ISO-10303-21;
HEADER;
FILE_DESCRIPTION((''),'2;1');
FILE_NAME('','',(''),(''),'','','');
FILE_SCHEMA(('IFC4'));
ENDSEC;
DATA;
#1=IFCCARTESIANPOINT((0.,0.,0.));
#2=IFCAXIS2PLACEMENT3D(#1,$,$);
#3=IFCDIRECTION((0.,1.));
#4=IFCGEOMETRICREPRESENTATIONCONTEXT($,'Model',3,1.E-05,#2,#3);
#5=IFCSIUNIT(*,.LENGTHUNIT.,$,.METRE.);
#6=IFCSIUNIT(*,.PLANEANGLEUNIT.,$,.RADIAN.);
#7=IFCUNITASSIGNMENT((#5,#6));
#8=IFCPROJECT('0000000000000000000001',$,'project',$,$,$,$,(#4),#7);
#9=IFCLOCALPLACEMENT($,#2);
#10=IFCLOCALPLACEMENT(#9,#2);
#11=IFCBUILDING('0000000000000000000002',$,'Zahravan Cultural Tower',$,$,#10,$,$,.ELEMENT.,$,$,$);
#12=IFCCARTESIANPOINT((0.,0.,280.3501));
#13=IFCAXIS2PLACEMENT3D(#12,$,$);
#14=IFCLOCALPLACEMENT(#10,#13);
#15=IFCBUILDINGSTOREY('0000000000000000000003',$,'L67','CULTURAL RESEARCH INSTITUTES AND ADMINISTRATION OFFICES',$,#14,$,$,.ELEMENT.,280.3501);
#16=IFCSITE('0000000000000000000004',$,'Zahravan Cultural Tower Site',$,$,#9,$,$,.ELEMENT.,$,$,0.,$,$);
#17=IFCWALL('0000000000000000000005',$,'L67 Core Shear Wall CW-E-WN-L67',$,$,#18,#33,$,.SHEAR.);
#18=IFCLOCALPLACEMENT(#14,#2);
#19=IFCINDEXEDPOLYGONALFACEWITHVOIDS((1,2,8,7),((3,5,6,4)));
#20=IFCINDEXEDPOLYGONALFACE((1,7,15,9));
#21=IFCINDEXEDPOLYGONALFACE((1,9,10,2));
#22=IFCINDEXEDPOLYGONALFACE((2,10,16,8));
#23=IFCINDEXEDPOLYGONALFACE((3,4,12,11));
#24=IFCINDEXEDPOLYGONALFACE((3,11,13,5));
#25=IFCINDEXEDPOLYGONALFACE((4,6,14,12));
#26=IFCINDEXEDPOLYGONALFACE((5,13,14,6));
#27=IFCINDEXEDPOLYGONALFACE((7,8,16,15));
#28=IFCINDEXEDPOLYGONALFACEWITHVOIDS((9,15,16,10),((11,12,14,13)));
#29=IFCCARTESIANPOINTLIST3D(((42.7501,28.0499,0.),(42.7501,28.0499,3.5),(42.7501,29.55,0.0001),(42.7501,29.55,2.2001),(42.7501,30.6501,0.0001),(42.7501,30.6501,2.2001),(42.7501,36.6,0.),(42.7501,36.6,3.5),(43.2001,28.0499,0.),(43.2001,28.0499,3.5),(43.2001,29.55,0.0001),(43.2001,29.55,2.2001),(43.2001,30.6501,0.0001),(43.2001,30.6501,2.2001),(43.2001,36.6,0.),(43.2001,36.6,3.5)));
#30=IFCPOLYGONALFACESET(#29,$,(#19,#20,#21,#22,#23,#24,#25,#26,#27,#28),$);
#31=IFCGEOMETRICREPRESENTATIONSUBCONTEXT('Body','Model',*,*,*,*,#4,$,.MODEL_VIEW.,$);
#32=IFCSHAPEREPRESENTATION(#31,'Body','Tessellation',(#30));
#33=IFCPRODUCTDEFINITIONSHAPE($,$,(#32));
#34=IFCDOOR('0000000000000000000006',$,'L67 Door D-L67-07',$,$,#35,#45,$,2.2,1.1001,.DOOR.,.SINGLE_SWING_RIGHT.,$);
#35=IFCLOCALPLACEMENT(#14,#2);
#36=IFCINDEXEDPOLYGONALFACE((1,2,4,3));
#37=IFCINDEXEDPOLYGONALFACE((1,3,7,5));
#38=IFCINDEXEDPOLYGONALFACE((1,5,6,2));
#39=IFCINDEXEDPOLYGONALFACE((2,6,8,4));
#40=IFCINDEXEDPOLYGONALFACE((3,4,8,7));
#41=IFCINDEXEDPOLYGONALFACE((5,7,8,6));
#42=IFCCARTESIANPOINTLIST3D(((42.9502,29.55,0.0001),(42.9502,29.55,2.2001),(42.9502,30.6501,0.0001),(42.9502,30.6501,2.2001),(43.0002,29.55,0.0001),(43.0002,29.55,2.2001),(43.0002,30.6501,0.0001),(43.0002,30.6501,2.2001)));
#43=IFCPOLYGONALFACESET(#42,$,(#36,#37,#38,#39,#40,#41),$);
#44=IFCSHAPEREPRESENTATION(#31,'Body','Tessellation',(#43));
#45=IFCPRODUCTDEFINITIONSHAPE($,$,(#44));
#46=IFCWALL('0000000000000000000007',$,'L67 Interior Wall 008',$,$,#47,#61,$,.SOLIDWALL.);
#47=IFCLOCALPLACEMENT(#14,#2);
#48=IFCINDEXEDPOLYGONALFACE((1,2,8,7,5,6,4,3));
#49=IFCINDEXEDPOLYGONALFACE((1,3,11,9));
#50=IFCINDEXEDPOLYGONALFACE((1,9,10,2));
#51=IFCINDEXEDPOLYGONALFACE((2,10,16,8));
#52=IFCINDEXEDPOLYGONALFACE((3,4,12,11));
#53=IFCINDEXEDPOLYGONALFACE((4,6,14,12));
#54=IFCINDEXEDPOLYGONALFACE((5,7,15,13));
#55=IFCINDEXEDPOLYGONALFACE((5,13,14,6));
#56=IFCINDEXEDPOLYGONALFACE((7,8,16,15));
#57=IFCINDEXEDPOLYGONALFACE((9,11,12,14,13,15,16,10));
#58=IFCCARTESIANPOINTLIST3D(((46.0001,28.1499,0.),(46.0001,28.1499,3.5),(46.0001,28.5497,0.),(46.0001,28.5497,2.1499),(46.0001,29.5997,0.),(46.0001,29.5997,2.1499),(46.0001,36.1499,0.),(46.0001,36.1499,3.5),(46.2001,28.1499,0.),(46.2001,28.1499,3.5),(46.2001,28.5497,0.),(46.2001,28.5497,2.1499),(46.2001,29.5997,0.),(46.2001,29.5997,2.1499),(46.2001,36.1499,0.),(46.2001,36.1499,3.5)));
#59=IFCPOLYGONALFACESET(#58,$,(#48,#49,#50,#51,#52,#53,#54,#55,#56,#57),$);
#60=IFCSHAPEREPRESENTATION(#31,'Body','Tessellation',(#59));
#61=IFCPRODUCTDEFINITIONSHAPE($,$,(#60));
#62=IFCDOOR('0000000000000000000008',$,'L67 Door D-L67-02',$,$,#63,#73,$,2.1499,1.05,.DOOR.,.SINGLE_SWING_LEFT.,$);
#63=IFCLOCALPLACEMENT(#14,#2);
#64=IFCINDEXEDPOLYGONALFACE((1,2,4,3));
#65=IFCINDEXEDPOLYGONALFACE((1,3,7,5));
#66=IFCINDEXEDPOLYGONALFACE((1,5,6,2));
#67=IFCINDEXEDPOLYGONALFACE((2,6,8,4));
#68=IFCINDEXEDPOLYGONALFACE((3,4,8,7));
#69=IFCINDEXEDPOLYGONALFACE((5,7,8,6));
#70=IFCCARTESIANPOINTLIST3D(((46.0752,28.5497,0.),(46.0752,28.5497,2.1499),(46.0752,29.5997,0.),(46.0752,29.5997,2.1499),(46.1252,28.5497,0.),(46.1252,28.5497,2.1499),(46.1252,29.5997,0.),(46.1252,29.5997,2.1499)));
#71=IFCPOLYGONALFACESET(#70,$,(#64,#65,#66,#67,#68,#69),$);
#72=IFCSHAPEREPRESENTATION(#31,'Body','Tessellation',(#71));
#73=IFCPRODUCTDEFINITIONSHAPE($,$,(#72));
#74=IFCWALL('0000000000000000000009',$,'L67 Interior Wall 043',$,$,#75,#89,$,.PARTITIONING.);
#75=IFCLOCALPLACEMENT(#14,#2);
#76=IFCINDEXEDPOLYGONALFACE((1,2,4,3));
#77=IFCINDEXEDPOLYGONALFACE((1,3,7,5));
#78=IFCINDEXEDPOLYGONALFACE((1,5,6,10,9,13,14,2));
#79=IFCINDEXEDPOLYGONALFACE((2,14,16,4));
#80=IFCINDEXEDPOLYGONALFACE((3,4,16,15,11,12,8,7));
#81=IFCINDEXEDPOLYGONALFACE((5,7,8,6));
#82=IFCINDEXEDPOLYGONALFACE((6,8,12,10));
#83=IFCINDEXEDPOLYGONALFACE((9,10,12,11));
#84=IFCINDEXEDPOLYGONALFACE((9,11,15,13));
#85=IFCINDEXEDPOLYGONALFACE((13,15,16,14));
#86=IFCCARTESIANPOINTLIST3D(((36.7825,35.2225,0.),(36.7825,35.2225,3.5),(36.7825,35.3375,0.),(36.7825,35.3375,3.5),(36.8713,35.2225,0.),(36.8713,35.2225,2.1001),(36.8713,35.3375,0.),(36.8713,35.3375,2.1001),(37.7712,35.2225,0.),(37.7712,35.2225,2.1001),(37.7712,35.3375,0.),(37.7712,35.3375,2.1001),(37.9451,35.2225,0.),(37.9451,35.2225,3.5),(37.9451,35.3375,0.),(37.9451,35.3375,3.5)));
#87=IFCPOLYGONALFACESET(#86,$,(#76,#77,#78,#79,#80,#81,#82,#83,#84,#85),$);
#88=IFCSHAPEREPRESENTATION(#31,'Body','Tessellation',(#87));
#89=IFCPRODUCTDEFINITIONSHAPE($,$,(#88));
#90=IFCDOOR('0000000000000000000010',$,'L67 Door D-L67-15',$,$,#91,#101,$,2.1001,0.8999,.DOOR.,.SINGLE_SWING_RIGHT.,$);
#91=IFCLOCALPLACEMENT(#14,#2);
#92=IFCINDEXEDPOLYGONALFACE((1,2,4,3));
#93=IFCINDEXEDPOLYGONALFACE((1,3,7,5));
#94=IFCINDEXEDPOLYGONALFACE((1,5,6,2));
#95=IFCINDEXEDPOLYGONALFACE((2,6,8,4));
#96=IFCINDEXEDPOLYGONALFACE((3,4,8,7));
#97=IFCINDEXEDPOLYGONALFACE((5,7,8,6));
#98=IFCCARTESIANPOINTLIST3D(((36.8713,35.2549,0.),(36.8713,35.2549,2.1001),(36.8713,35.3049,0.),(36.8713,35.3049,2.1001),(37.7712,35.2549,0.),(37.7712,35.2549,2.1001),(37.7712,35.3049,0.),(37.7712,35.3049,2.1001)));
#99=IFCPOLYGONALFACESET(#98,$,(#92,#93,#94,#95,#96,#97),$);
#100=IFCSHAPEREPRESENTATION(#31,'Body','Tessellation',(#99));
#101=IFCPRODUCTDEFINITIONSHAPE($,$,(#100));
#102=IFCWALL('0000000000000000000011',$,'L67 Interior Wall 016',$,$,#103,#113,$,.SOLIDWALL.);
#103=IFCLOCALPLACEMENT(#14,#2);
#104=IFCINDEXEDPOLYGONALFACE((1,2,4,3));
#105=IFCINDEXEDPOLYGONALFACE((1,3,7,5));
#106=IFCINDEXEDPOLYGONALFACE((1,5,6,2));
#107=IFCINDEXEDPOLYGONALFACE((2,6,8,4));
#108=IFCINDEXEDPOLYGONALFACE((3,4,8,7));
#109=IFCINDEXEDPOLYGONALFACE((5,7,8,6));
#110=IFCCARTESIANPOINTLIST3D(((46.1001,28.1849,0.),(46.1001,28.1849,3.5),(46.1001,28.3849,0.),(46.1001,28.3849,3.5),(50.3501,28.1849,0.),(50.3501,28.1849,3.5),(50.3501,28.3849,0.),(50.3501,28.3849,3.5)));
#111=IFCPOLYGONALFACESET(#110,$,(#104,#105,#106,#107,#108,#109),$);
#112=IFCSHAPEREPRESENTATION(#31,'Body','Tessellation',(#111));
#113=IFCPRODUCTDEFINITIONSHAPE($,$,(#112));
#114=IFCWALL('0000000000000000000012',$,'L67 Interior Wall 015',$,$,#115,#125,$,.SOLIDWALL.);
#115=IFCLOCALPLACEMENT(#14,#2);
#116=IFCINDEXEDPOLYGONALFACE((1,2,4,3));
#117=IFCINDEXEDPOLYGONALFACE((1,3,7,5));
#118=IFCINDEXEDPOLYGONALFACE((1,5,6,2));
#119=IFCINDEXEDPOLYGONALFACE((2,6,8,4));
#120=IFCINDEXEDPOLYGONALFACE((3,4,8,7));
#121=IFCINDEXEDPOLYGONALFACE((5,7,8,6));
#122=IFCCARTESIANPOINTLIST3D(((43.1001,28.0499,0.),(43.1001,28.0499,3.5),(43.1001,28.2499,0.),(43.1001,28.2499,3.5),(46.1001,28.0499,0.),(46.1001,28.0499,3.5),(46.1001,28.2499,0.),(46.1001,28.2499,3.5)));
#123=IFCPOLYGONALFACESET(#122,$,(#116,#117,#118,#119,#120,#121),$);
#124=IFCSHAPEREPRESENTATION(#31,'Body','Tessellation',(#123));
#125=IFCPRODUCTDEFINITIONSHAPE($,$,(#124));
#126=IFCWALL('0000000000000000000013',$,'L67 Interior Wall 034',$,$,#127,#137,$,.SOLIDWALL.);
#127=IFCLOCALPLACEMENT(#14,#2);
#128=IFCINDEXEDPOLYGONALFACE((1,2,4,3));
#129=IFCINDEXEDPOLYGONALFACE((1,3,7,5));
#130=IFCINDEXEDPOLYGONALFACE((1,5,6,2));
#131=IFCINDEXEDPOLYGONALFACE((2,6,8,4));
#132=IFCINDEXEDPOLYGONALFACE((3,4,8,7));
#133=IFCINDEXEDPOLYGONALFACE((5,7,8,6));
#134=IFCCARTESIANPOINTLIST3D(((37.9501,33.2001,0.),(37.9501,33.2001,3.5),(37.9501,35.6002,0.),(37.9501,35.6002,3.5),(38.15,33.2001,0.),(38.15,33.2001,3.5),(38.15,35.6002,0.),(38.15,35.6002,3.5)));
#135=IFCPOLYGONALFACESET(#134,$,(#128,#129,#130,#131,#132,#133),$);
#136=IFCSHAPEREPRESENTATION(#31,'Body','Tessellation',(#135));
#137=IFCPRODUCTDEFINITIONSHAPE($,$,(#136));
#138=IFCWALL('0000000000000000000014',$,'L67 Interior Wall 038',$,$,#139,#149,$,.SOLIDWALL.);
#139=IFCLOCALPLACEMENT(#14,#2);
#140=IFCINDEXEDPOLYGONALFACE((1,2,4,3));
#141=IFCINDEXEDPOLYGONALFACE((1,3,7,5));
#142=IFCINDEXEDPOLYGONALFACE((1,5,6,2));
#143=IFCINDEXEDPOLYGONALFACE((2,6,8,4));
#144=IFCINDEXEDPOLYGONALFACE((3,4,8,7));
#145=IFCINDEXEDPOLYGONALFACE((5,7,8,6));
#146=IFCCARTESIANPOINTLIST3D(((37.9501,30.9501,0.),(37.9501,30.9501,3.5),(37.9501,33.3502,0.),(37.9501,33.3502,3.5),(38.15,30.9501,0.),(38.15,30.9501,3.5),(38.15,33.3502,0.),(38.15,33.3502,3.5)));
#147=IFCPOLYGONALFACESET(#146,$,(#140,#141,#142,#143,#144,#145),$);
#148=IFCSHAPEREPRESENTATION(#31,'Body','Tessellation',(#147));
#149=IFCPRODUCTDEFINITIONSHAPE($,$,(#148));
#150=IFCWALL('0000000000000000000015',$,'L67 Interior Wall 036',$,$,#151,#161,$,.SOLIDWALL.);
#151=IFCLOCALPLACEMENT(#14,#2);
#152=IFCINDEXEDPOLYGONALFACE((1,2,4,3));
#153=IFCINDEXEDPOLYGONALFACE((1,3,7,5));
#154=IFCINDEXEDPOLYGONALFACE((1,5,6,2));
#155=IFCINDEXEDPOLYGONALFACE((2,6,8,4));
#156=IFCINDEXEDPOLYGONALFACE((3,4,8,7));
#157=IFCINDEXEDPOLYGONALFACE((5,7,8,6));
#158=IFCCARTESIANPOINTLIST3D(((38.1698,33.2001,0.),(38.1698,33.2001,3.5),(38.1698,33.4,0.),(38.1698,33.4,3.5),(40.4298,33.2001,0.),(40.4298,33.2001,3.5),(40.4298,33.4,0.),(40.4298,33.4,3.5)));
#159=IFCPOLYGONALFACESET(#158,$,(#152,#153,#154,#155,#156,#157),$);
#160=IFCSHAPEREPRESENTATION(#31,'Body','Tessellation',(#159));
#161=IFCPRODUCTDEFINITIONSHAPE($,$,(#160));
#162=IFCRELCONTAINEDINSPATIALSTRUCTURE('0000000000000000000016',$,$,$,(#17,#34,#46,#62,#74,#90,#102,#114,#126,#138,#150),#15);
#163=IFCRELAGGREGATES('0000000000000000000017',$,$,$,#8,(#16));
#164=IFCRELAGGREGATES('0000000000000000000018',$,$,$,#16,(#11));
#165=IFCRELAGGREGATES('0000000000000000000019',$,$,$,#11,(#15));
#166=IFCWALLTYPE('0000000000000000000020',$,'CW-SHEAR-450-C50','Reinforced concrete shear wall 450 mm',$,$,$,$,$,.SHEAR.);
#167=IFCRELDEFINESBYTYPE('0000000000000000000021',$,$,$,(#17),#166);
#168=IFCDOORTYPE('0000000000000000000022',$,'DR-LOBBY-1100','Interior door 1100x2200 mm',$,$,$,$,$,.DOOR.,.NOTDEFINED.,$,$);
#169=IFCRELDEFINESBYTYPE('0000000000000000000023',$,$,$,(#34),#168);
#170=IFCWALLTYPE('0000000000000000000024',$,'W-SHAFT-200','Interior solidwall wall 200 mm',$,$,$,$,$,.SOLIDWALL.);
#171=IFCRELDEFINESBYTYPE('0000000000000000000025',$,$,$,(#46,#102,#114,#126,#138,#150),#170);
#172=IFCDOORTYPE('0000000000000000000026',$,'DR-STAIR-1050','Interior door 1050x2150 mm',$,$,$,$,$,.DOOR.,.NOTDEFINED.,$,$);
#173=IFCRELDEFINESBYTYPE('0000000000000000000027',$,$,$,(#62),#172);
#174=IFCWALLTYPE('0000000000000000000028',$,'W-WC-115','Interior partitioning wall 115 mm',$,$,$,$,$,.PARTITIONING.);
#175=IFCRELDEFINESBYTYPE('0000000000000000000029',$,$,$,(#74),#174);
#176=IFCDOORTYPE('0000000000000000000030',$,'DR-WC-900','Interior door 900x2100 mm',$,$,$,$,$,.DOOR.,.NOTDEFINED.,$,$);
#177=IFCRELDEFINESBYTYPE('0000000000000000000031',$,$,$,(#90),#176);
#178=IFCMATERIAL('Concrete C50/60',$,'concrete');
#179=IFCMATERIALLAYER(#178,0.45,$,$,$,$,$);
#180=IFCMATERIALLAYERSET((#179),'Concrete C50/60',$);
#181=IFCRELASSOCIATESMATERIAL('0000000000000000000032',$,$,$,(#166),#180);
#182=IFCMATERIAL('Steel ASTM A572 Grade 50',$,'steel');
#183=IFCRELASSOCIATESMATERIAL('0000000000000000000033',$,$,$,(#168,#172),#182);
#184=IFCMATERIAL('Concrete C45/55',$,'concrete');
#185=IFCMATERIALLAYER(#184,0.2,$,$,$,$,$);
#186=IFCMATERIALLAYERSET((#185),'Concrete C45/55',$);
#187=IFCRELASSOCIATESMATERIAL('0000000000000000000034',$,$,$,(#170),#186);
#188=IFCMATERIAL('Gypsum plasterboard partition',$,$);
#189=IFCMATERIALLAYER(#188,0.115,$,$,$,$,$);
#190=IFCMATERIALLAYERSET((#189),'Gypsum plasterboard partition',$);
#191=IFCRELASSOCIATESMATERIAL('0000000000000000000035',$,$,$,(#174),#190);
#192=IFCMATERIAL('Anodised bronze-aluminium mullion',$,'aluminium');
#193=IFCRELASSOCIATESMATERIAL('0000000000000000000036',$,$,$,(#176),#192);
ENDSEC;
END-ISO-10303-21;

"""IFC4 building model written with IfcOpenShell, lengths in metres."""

from ifc_helpers import new_model, si_unit, direction, frame, frame_2d, origin, place, context, subcontext, project, spatial, rectangle, extrude, source, transform, mapped, material, layer, layer_set, type_object, element, fill, save


model = new_model("IFC4")

# Units and contexts
model_context = context("Model", 3, precision=1e-05, world=origin(), true_north=direction((0.0, 1.0)))
body_context = subcontext(model_context, "Body", "Model", "MODEL_VIEW")
ifc_project = project(units=[si_unit("LENGTHUNIT", "METRE"), si_unit("PLANEANGLEUNIT", "RADIAN")], contexts=[model_context])

# Site, building, storey
site_placement = place(None, origin())
site = spatial("IfcSite", under=ifc_project, at=site_placement, Name="Zahravan Cultural Tower Site", CompositionType="ELEMENT", RefElevation=0.0)
building_placement = place(site_placement, origin())
building = spatial("IfcBuilding", under=site, at=building_placement, Name="Zahravan Cultural Tower", CompositionType="ELEMENT")
storey_placement = place(building_placement, frame((0.0, 0.0, 280.3501)))
storey = spatial("IfcBuildingStorey", under=building, at=storey_placement, Name="L67", Description="CULTURAL RESEARCH INSTITUTES AND ADMINISTRATION OFFICES", CompositionType="ELEMENT", Elevation=280.3501)

# Walls, openings, doors
ifc_material_1 = material(Name="Concrete C50/60", Category="concrete")
ifc_layer_1 = layer(ifc_material_1, 0.45)
ifc_layer_set_1 = layer_set([ifc_layer_1], Name="Concrete C50/60")
wall_type_1 = type_object("IfcWallType", Name="CW-SHEAR-450-C50", Description="Reinforced concrete shear wall 450 mm", PredefinedType="SHEAR", material=ifc_layer_set_1)
wall_1_placement = place(storey_placement, frame((42.9751, 28.05, 0.0), z_axis=(0.0, 0.0, 1.0), x_axis=(0.0, 1.0, 0.0)))
wall_1 = element("IfcWall", 1, at=wall_1_placement, inside=storey, type_object=wall_type_1, Name="L67 Core Shear Wall CW-E-WN-L67", PredefinedType="SHEAR", context=body_context, shape_type="SweptSolid", body=[
    extrude(rectangle(XDim=8.55, YDim=0.45, at=frame_2d((4.2749, 0.0))), origin(), (0.0, 0.0, 1.0), 3.5),
])
opening_1_placement = place(wall_1_placement, frame((1.5, 0.0, 0.0)))
opening_1 = element("IfcOpeningElement", 2, at=opening_1_placement, cuts=wall_1, PredefinedType="OPENING", context=body_context, shape_type="SweptSolid", body=[
    extrude(rectangle(XDim=1.1001, YDim=2.2, at=frame_2d((0.55, 1.1001))), frame((0.0, 0.2349, 0.0), z_axis=(0.0, -1.0, 0.0), x_axis=(1.0, 0.0, 0.0)), (0.0, 0.0, 1.0), 0.47),
])
ifc_material_2 = material(Name="Steel ASTM A572 Grade 50", Category="steel")
door_type_1 = type_object("IfcDoorType", Name="DR-LOBBY-1100", Description="Interior door 1100x2200 mm", OperationType="NOTDEFINED", PredefinedType="DOOR", material=ifc_material_2)
shared_shape_1 = source(origin(), body_context, "Body", "SweptSolid", [
    extrude(rectangle(XDim=1.1001, YDim=2.2, at=frame_2d((0.55, 1.1001))), frame((0.0, 0.0249, 0.0), z_axis=(0.0, -1.0, 0.0), x_axis=(1.0, 0.0, 0.0)), (0.0, 0.0, 1.0), 0.05),
])
door_1_placement = place(opening_1_placement, origin())
door_1 = element("IfcDoor", 3, at=door_1_placement, inside=storey, type_object=door_type_1, Name="L67 Door D-L67-07", OperationType="SINGLE_SWING_RIGHT", OverallHeight=2.2, OverallWidth=1.1001, PredefinedType="DOOR", context=body_context, shape_type="MappedRepresentation", body=[
    mapped(shared_shape_1, transform((0.0, 0.0, 0.0), x_axis=(1.0, 0.0, 0.0), y_axis=(0.0, 1.0, 0.0), z_axis=(0.0, 0.0, 1.0), scale=1.0)),
])
fill(opening_1, door_1)
ifc_material_3 = material(Name="Concrete C45/55", Category="concrete")
ifc_layer_2 = layer(ifc_material_3, 0.2)
ifc_layer_set_2 = layer_set([ifc_layer_2], Name="Concrete C45/55")
wall_type_2 = type_object("IfcWallType", Name="W-SHAFT-200", Description="Interior solidwall wall 200 mm", PredefinedType="SOLIDWALL", material=ifc_layer_set_2)
wall_2_placement = place(storey_placement, frame((46.1001, 28.1499, 0.0), z_axis=(0.0, 0.0, 1.0), x_axis=(0.0, 1.0, 0.0)))
wall_2 = element("IfcWall", 4, at=wall_2_placement, inside=storey, type_object=wall_type_2, Name="L67 Interior Wall 008", PredefinedType="SOLIDWALL", context=body_context, shape_type="SweptSolid", body=[
    extrude(rectangle(XDim=8.0, YDim=0.2, at=frame_2d((4.0, 0.0))), origin(), (0.0, 0.0, 1.0), 3.5),
])
opening_2_placement = place(wall_2_placement, frame((0.3999, 0.0, 0.0)))
opening_2 = element("IfcOpeningElement", 5, at=opening_2_placement, cuts=wall_2, PredefinedType="OPENING", context=body_context, shape_type="SweptSolid", body=[
    extrude(rectangle(XDim=1.05, YDim=2.1499, at=frame_2d((0.5249, 1.075))), frame((0.0, 0.1099, 0.0), z_axis=(0.0, -1.0, 0.0), x_axis=(1.0, 0.0, 0.0)), (0.0, 0.0, 1.0), 0.22),
])
door_type_2 = type_object("IfcDoorType", Name="DR-STAIR-1050", Description="Interior door 1050x2150 mm", OperationType="NOTDEFINED", PredefinedType="DOOR", material=ifc_material_2)
shared_shape_2 = source(origin(), body_context, "Body", "SweptSolid", [
    extrude(rectangle(XDim=1.05, YDim=2.1499, at=frame_2d((0.5249, 1.075))), frame((0.0, 0.0249, 0.0), z_axis=(0.0, -1.0, 0.0), x_axis=(1.0, 0.0, 0.0)), (0.0, 0.0, 1.0), 0.05),
])
door_2_placement = place(opening_2_placement, origin())
door_2 = element("IfcDoor", 6, at=door_2_placement, inside=storey, type_object=door_type_2, Name="L67 Door D-L67-02", OperationType="SINGLE_SWING_LEFT", OverallHeight=2.1499, OverallWidth=1.05, PredefinedType="DOOR", context=body_context, shape_type="MappedRepresentation", body=[
    mapped(shared_shape_2, transform((0.0, 0.0, 0.0), x_axis=(1.0, 0.0, 0.0), y_axis=(0.0, 1.0, 0.0), z_axis=(0.0, 0.0, 1.0), scale=1.0)),
])
fill(opening_2, door_2)
ifc_material_4 = material(Name="Gypsum plasterboard partition")
ifc_layer_3 = layer(ifc_material_4, 0.115)
ifc_layer_set_3 = layer_set([ifc_layer_3], Name="Gypsum plasterboard partition")
wall_type_3 = type_object("IfcWallType", Name="W-WC-115", Description="Interior partitioning wall 115 mm", PredefinedType="PARTITIONING", material=ifc_layer_set_3)
wall_3_placement = place(storey_placement, frame((36.7825, 35.28, 0.0), z_axis=(0.0, 0.0, 1.0), x_axis=(1.0, 0.0, 0.0)))
wall_3 = element("IfcWall", 7, at=wall_3_placement, inside=storey, type_object=wall_type_3, Name="L67 Interior Wall 043", PredefinedType="PARTITIONING", context=body_context, shape_type="SweptSolid", body=[
    extrude(rectangle(XDim=1.1626, YDim=0.115, at=frame_2d((0.5813, 0.0))), origin(), (0.0, 0.0, 1.0), 3.5),
])
opening_3_placement = place(wall_3_placement, frame((0.0889, 0.0, 0.0)))
opening_3 = element("IfcOpeningElement", 8, at=opening_3_placement, cuts=wall_3, PredefinedType="OPENING", context=body_context, shape_type="SweptSolid", body=[
    extrude(rectangle(XDim=0.8999, YDim=2.1001, at=frame_2d((0.45, 1.05))), frame((0.0, 0.0674, 0.0), z_axis=(0.0, -1.0, 0.0), x_axis=(1.0, 0.0, 0.0)), (0.0, 0.0, 1.0), 0.135),
])
ifc_material_5 = material(Name="Anodised bronze-aluminium mullion", Category="aluminium")
door_type_3 = type_object("IfcDoorType", Name="DR-WC-900", Description="Interior door 900x2100 mm", OperationType="NOTDEFINED", PredefinedType="DOOR", material=ifc_material_5)
shared_shape_3 = source(origin(), body_context, "Body", "SweptSolid", [
    extrude(rectangle(XDim=0.8999, YDim=2.1001, at=frame_2d((0.45, 1.05))), frame((0.0, 0.0249, 0.0), z_axis=(0.0, -1.0, 0.0), x_axis=(1.0, 0.0, 0.0)), (0.0, 0.0, 1.0), 0.05),
])
door_3_placement = place(opening_3_placement, origin())
door_3 = element("IfcDoor", 9, at=door_3_placement, inside=storey, type_object=door_type_3, Name="L67 Door D-L67-15", OperationType="SINGLE_SWING_RIGHT", OverallHeight=2.1001, OverallWidth=0.8999, PredefinedType="DOOR", context=body_context, shape_type="MappedRepresentation", body=[
    mapped(shared_shape_3, transform((0.0, 0.0, 0.0), x_axis=(1.0, 0.0, 0.0), y_axis=(0.0, 1.0, 0.0), z_axis=(0.0, 0.0, 1.0), scale=1.0)),
])
fill(opening_3, door_3)

# Walls
shared_shape_4 = source(origin(), body_context, "Body", "SweptSolid", [
    extrude(rectangle(XDim=4.25, YDim=0.2, at=frame_2d((2.125, 0.0))), origin(), (0.0, 0.0, 1.0), 3.5),
])
wall_4_placement = place(storey_placement, frame((46.1001, 28.2849, 0.0), z_axis=(0.0, 0.0, 1.0), x_axis=(1.0, 0.0, 0.0)))
element("IfcWall", 10, at=wall_4_placement, inside=storey, type_object=wall_type_2, Name="L67 Interior Wall 016", PredefinedType="SOLIDWALL", context=body_context, shape_type="MappedRepresentation", body=[
    mapped(shared_shape_4, transform((0.0, 0.0, 0.0), x_axis=(1.0, 0.0, 0.0), y_axis=(0.0, 1.0, 0.0), z_axis=(0.0, 0.0, 1.0), scale=1.0)),
])
shared_shape_5 = source(origin(), body_context, "Body", "SweptSolid", [
    extrude(rectangle(XDim=3.0, YDim=0.2, at=frame_2d((1.5, 0.0))), origin(), (0.0, 0.0, 1.0), 3.5),
])
wall_5_placement = place(storey_placement, frame((43.1001, 28.1499, 0.0), z_axis=(0.0, 0.0, 1.0), x_axis=(1.0, 0.0, 0.0)))
element("IfcWall", 11, at=wall_5_placement, inside=storey, type_object=wall_type_2, Name="L67 Interior Wall 015", PredefinedType="SOLIDWALL", context=body_context, shape_type="MappedRepresentation", body=[
    mapped(shared_shape_5, transform((0.0, 0.0, 0.0), x_axis=(1.0, 0.0, 0.0), y_axis=(0.0, 1.0, 0.0), z_axis=(0.0, 0.0, 1.0), scale=1.0)),
])
shared_shape_6 = source(origin(), body_context, "Body", "SweptSolid", [
    extrude(rectangle(XDim=2.4001, YDim=0.2, at=frame_2d((1.2002, 0.0))), origin(), (0.0, 0.0, 1.0), 3.5),
])
for number, where, z_axis, x_axis, name in (
    (12, (38.05, 33.2, 0.0), (0.0, 0.0, 1.0), (0.0, 1.0, 0.0), "L67 Interior Wall 034"),
    (13, (38.05, 30.95, 0.0), (0.0, 0.0, 1.0), (0.0, 1.0, 0.0), "L67 Interior Wall 038"),
):
    element("IfcWall", number, at=place(storey_placement, frame(where, z_axis=z_axis, x_axis=x_axis)), inside=storey, type_object=wall_type_2, Name=name, PredefinedType="SOLIDWALL", context=body_context, shape_type="MappedRepresentation", body=[
        mapped(shared_shape_6, transform((0.0, 0.0, 0.0), x_axis=(1.0, 0.0, 0.0), y_axis=(0.0, 1.0, 0.0), z_axis=(0.0, 0.0, 1.0), scale=1.0)),
    ])
shared_shape_7 = source(origin(), body_context, "Body", "SweptSolid", [
    extrude(rectangle(XDim=2.26, YDim=0.2, at=frame_2d((1.1299, 0.0))), origin(), (0.0, 0.0, 1.0), 3.5),
])
for number, where, z_axis, x_axis, name in (
    (14, (38.1699, 33.3, 0.0), (0.0, 0.0, 1.0), (1.0, 0.0, 0.0), "L67 Interior Wall 036"),
):
    element("IfcWall", number, at=place(storey_placement, frame(where, z_axis=z_axis, x_axis=x_axis)), inside=storey, type_object=wall_type_2, Name=name, PredefinedType="SOLIDWALL", context=body_context, shape_type="MappedRepresentation", body=[
        mapped(shared_shape_7, transform((0.0, 0.0, 0.0), x_axis=(1.0, 0.0, 0.0), y_axis=(0.0, 1.0, 0.0), z_axis=(0.0, 0.0, 1.0), scale=1.0)),
    ])

save(model, "model.ifc")
